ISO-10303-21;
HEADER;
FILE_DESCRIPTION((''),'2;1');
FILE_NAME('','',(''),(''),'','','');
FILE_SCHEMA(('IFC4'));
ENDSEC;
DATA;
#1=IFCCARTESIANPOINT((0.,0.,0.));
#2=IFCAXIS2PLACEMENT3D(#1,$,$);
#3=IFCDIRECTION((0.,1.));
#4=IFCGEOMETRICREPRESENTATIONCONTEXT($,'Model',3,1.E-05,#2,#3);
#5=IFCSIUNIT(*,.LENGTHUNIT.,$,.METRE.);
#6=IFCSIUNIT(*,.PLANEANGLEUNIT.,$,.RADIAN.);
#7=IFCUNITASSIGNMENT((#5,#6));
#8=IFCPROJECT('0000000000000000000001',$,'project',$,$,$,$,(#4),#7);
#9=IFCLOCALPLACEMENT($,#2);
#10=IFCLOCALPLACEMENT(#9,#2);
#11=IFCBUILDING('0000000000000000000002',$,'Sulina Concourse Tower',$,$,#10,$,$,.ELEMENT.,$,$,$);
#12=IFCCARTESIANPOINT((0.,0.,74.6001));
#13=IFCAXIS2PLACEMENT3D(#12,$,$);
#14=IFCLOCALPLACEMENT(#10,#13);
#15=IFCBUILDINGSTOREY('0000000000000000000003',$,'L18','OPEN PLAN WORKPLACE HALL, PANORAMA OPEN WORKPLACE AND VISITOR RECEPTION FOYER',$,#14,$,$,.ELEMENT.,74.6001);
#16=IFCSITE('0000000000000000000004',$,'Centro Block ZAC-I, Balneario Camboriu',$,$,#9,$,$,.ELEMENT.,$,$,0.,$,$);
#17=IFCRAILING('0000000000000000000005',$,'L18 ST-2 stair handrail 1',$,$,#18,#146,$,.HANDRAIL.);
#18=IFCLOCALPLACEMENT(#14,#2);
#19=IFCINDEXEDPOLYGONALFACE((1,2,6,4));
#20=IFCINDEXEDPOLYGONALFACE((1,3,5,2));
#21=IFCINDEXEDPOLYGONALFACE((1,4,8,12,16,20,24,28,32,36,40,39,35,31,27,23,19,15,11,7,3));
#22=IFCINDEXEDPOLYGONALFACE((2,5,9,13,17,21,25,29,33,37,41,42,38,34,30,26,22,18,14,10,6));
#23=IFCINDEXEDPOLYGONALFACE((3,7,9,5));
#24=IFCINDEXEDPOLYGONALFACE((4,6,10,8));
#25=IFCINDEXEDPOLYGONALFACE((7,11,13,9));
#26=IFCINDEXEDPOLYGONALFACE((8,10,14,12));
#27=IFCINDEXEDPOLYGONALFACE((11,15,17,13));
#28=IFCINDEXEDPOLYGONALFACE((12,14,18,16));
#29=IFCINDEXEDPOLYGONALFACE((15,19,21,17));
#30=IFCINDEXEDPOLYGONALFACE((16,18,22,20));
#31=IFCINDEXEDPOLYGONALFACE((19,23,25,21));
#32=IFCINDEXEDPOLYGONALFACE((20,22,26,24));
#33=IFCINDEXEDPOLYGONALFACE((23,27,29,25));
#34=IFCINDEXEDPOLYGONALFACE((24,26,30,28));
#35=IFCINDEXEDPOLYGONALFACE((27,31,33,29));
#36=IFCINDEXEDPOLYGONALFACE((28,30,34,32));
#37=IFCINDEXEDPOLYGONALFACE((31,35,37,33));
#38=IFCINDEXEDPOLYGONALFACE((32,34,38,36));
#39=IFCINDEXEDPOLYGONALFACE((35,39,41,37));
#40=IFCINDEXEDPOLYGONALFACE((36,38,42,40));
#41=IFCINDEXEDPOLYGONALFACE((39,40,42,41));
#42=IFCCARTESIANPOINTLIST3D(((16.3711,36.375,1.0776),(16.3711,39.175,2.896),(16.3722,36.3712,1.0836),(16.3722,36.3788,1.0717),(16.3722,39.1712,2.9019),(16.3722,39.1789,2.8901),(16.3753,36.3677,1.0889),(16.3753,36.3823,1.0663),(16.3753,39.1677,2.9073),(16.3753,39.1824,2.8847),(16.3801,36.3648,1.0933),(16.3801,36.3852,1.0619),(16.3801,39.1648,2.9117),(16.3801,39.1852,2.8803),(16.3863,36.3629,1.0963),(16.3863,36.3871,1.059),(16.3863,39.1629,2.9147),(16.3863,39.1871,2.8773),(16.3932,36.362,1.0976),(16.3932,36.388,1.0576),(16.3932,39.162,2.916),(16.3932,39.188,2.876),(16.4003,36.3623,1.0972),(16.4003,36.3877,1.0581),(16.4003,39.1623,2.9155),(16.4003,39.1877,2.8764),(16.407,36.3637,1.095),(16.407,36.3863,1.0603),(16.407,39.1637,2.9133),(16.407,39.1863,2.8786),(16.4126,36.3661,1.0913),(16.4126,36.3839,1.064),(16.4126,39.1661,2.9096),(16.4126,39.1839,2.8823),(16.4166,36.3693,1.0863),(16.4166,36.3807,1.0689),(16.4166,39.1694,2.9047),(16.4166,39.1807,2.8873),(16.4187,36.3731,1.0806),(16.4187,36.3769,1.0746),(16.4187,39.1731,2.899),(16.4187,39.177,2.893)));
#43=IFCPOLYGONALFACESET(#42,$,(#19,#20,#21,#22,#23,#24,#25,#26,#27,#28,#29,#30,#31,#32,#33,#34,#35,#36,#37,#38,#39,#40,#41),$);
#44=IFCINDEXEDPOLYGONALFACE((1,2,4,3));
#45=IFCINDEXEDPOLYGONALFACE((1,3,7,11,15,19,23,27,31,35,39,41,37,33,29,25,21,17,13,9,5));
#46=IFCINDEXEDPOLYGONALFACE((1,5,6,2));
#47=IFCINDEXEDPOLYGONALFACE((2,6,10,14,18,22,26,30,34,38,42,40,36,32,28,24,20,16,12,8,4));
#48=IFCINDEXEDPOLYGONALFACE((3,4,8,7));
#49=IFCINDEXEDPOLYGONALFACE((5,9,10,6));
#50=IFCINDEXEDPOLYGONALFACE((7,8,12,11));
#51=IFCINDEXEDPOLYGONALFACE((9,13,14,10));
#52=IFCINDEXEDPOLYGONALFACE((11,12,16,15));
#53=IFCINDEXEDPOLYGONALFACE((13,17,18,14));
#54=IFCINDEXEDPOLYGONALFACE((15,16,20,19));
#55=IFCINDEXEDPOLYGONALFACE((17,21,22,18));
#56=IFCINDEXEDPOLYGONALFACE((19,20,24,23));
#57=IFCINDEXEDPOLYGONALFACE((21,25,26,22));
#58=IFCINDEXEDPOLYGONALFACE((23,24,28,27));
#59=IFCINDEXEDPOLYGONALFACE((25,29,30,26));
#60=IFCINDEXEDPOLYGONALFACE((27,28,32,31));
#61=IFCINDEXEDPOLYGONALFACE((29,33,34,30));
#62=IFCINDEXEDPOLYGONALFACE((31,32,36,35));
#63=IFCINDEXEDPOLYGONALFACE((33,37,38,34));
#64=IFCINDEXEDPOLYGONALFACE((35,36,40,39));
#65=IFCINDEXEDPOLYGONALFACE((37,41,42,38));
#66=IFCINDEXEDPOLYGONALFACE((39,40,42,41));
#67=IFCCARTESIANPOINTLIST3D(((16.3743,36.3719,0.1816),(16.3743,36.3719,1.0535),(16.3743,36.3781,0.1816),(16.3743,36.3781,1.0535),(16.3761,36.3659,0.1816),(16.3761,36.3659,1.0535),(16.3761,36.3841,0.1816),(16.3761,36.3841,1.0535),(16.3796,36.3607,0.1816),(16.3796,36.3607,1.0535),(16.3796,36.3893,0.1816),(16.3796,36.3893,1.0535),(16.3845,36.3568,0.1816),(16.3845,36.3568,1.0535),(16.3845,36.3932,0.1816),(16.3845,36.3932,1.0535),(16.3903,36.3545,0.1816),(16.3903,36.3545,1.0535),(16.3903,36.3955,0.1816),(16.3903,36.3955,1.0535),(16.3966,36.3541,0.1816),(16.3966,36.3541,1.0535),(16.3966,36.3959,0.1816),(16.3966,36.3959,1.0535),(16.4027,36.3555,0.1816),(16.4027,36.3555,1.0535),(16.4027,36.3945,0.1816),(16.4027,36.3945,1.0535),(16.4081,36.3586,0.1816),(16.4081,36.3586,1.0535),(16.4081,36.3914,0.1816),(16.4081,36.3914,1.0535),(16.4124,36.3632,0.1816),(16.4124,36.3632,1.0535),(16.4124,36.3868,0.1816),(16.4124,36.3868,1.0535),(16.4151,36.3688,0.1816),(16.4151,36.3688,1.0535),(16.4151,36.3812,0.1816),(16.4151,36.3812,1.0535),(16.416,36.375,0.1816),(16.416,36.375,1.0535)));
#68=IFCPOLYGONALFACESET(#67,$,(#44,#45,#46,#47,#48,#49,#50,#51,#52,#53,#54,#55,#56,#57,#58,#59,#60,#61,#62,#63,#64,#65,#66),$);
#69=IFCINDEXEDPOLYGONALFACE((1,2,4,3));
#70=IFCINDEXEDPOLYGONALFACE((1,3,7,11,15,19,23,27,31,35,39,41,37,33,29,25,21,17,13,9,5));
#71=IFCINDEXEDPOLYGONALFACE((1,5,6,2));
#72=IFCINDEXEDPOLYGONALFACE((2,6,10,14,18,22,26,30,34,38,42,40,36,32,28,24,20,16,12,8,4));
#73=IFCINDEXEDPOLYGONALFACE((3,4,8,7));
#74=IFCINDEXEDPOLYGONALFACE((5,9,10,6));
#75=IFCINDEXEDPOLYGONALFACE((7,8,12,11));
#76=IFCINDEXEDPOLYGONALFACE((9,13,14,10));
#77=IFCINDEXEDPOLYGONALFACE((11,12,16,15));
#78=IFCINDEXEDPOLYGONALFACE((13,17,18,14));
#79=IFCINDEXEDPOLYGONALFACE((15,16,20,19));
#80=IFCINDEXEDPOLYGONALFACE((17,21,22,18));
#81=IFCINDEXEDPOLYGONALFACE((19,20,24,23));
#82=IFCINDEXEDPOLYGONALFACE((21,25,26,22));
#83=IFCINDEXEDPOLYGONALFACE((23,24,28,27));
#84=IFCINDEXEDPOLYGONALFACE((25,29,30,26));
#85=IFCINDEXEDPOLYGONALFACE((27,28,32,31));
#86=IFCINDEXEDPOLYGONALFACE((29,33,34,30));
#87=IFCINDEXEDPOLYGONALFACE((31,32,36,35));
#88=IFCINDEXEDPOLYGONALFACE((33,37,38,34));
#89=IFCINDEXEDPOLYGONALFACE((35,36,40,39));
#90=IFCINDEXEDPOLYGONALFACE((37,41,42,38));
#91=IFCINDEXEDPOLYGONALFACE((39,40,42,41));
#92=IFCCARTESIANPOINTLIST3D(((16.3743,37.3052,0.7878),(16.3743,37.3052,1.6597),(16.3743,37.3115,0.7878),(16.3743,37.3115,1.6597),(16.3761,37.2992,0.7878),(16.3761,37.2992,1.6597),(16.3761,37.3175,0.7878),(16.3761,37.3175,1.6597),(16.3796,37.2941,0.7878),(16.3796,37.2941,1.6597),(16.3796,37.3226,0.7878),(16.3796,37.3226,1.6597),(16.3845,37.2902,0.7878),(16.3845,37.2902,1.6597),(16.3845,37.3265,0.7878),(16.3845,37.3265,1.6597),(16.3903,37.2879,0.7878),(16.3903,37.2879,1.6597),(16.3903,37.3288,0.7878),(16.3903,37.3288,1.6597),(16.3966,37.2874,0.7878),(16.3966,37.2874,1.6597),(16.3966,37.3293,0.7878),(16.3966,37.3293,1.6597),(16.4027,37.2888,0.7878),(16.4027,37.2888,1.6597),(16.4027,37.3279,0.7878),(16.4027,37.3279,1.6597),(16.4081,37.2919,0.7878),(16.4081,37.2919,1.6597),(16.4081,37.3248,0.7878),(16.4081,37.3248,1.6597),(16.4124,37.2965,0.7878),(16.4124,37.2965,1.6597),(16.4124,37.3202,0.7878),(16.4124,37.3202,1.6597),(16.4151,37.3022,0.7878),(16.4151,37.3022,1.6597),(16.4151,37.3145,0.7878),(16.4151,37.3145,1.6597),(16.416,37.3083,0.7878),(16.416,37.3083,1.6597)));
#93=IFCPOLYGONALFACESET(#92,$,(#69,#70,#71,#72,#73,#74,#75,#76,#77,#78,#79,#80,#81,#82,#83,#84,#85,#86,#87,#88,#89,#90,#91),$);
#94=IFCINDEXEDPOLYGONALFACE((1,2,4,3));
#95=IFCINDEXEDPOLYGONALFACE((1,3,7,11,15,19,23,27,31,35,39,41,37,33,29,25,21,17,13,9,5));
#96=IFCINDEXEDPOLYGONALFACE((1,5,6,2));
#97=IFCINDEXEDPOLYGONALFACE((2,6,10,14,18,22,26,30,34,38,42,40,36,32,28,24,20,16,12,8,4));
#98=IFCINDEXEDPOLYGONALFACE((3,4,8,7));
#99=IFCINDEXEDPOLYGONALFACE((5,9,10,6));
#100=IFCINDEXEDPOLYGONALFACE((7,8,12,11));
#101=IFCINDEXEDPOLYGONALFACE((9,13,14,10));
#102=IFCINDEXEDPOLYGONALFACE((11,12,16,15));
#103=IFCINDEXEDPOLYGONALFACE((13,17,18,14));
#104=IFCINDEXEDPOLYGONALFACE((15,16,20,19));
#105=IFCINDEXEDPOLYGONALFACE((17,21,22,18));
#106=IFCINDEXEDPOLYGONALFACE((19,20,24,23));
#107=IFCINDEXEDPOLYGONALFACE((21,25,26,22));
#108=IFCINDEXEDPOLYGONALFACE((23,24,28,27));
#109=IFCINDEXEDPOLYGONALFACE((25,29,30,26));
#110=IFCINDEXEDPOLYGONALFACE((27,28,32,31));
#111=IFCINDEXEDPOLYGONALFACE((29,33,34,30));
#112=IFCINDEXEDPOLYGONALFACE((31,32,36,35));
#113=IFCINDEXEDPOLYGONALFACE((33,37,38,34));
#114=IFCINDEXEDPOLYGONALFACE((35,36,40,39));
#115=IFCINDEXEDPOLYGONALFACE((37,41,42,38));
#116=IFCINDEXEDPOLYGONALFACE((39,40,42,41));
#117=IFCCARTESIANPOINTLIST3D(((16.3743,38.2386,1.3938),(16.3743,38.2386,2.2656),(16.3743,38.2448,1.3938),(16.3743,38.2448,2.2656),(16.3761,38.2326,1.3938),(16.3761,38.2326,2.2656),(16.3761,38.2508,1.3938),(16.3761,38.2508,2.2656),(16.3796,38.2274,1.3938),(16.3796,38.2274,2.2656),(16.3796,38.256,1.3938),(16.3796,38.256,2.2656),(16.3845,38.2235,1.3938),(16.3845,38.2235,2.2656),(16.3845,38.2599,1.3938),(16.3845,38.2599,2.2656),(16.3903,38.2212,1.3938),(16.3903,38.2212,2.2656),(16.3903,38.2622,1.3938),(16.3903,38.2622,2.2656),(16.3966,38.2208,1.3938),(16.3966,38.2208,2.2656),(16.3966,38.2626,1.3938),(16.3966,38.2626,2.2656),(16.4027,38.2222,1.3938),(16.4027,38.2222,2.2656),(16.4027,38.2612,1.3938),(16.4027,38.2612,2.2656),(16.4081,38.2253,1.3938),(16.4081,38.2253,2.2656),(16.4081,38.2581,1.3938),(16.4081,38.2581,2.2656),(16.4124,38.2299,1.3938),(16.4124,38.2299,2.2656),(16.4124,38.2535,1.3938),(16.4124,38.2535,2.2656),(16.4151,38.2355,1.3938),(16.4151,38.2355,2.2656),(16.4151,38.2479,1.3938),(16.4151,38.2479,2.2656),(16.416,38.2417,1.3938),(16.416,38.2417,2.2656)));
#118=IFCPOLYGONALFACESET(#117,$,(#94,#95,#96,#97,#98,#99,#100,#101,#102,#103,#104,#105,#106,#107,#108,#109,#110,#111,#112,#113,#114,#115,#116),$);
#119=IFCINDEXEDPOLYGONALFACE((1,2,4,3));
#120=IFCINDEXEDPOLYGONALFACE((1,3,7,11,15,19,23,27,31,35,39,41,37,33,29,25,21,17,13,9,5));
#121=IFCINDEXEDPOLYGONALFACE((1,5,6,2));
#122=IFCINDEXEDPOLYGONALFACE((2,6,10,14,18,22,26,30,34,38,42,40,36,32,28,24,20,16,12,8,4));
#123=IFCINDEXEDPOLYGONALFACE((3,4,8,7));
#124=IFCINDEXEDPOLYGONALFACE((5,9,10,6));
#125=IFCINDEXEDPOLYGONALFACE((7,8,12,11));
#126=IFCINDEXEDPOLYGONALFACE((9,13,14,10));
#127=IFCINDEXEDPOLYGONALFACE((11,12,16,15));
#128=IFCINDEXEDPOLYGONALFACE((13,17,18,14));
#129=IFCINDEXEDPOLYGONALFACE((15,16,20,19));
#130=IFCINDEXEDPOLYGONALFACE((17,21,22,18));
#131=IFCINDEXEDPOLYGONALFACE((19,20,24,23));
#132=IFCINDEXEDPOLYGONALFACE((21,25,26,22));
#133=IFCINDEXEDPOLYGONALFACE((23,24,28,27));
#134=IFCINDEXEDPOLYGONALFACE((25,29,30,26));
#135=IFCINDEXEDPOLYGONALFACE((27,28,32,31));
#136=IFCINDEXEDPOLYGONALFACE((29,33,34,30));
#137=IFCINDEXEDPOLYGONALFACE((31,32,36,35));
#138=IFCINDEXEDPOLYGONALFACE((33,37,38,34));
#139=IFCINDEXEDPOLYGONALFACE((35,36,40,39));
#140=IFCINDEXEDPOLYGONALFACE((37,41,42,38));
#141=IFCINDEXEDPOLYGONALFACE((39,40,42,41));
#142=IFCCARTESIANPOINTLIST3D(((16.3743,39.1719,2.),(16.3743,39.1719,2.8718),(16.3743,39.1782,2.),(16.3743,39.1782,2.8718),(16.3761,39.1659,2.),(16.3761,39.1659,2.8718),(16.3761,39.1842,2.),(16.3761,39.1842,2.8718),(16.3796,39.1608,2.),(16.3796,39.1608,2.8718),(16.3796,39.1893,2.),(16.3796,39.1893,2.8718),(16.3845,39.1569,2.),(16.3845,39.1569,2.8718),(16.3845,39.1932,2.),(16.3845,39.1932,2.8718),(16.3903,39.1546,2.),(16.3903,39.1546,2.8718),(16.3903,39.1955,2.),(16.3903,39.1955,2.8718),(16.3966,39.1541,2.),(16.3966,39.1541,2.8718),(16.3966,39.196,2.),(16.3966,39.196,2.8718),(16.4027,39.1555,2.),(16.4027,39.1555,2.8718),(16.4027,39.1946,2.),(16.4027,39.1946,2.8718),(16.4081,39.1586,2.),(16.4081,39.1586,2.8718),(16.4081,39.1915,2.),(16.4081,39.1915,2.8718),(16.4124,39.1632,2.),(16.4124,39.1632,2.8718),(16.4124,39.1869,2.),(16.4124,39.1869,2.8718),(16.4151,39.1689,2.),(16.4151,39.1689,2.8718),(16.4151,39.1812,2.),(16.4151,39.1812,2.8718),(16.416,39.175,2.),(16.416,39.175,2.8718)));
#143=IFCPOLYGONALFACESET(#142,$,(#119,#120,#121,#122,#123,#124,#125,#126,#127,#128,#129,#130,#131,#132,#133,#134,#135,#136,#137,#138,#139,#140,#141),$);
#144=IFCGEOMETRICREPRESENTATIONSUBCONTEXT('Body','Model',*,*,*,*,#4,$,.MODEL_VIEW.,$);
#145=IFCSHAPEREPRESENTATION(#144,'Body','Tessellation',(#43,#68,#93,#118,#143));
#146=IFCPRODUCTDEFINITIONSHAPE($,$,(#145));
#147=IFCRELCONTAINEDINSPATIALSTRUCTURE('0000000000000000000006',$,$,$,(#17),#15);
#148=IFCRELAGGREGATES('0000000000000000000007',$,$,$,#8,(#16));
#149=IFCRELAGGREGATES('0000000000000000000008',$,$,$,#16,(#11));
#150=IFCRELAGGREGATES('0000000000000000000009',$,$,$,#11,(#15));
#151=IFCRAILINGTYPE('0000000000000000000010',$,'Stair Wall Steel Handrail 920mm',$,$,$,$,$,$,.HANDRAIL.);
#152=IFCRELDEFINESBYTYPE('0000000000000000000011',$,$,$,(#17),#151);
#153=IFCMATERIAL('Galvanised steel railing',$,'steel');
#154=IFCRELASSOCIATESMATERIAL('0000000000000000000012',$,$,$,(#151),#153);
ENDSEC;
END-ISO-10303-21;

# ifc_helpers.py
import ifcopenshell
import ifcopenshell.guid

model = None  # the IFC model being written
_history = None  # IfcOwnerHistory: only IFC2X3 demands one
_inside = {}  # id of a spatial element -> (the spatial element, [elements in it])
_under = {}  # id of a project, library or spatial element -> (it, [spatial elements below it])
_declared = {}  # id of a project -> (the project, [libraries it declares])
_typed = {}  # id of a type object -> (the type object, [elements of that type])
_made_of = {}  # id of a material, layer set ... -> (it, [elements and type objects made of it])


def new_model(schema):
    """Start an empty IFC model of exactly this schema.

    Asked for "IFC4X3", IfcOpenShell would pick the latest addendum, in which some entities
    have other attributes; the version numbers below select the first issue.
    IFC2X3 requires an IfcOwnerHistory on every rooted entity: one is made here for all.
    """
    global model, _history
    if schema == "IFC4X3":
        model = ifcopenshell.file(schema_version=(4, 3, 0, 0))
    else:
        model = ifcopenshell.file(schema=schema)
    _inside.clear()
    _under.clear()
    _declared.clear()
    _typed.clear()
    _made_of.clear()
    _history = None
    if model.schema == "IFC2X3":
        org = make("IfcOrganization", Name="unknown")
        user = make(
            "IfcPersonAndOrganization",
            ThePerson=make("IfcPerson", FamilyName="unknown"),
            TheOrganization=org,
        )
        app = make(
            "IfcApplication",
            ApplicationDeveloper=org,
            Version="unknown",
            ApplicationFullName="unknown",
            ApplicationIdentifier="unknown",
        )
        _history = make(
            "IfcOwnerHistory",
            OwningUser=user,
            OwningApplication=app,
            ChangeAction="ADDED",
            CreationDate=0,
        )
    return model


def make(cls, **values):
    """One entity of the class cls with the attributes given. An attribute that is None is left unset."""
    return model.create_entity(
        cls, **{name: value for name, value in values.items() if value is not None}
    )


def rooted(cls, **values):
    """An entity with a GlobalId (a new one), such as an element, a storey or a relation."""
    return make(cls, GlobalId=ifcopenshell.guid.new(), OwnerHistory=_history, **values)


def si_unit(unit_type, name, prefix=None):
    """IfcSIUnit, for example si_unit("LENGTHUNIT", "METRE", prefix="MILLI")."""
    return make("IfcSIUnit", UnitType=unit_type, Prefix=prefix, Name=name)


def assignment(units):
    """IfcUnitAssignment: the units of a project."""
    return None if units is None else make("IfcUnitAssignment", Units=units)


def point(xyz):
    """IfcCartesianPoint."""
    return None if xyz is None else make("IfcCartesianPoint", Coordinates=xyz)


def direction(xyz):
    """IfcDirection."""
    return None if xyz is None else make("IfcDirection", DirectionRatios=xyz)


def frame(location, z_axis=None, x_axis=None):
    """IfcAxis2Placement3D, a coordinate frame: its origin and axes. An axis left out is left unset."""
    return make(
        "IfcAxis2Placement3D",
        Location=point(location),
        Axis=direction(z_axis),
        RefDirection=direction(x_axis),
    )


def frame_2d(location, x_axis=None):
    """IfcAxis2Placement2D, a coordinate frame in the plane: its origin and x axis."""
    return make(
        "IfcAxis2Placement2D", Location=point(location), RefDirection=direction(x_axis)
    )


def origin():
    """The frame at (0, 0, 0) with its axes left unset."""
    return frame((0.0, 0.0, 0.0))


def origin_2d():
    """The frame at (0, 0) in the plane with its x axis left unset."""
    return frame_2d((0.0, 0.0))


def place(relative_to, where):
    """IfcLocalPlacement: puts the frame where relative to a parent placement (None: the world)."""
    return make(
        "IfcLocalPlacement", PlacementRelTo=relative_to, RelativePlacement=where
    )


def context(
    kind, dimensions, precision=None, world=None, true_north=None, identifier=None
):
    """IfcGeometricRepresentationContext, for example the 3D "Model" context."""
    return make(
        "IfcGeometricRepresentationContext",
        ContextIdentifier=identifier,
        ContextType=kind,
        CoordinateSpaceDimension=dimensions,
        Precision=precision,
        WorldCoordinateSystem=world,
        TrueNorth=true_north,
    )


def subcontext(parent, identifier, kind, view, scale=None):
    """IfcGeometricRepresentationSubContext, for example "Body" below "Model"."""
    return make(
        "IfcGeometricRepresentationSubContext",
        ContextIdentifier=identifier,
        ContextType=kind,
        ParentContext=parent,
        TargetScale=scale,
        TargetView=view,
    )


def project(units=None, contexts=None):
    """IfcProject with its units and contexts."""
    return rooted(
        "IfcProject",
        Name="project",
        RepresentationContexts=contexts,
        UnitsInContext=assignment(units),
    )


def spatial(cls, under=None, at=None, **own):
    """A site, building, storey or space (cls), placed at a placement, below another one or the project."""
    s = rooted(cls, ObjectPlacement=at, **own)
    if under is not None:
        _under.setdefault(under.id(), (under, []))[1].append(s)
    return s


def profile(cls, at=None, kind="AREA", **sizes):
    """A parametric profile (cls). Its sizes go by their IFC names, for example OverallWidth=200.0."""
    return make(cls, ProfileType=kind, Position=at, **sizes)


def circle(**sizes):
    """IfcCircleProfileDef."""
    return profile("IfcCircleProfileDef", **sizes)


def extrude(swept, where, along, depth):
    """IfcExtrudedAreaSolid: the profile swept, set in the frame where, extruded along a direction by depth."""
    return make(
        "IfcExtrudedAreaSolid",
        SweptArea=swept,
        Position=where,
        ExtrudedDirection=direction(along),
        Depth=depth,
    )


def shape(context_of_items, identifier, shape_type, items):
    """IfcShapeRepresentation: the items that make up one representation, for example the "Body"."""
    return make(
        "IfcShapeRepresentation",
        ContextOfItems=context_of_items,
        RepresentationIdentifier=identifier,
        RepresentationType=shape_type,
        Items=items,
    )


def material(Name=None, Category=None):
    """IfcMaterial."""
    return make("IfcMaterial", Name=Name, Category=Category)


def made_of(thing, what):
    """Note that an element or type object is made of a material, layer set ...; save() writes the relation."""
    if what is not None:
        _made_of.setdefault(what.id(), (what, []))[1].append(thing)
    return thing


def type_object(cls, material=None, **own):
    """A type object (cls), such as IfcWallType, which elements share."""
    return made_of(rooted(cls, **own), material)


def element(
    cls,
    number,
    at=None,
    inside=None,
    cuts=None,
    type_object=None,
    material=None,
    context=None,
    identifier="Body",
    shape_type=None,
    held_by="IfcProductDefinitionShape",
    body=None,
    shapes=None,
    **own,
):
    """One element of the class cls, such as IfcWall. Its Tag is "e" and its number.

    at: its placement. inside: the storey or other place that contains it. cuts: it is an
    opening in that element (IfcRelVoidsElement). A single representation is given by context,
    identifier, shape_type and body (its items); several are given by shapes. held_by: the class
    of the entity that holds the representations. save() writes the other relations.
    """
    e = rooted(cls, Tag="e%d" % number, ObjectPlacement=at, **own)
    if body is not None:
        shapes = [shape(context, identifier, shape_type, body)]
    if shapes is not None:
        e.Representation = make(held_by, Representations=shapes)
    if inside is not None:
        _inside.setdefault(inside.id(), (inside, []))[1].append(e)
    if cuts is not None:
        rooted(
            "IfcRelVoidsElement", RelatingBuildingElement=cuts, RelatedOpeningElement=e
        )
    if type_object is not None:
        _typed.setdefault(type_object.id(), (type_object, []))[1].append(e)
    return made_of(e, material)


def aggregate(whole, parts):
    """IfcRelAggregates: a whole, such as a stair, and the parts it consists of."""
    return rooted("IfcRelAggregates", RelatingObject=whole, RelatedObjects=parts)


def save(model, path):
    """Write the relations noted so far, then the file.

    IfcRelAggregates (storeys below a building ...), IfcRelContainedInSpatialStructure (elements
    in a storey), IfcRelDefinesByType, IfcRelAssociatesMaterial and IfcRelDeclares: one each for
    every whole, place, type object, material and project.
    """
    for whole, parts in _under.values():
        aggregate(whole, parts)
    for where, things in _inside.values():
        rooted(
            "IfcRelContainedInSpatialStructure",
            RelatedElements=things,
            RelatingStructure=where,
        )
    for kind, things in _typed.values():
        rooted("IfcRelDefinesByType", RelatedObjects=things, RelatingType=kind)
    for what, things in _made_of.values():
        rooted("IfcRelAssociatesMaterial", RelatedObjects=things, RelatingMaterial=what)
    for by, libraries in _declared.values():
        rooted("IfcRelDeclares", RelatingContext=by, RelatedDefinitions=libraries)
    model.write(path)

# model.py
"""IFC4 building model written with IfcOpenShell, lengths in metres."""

from ifc_helpers import new_model, si_unit, direction, frame, origin, origin_2d, place, context, subcontext, project, spatial, circle, extrude, material, type_object, element, save


model = new_model("IFC4")

# Units and contexts
model_context = context("Model", 3, precision=1e-05, world=origin(), true_north=direction((0.0, 1.0)))
body_context = subcontext(model_context, "Body", "Model", "MODEL_VIEW")
ifc_project = project(units=[si_unit("LENGTHUNIT", "METRE"), si_unit("PLANEANGLEUNIT", "RADIAN")], contexts=[model_context])

# Site, building, storey
site_placement = place(None, origin())
site = spatial("IfcSite", under=ifc_project, at=site_placement, Name="Centro Block ZAC-I, Balneario Camboriu", CompositionType="ELEMENT", RefElevation=0.0)
building_placement = place(site_placement, origin())
building = spatial("IfcBuilding", under=site, at=building_placement, Name="Sulina Concourse Tower", CompositionType="ELEMENT")
storey_placement = place(building_placement, frame((0.0, 0.0, 74.6001)))
storey = spatial("IfcBuildingStorey", under=building, at=storey_placement, Name="L18", Description="OPEN PLAN WORKPLACE HALL, PANORAMA OPEN WORKPLACE AND VISITOR RECEPTION FOYER", CompositionType="ELEMENT", Elevation=74.6001)

# Railing
ifc_material_1 = material(Name="Galvanised steel railing", Category="steel")
railing_type_1 = type_object("IfcRailingType", Name="Stair Wall Steel Handrail 920mm", PredefinedType="HANDRAIL", material=ifc_material_1)
railing_1_placement = place(storey_placement, frame((16.395, 36.375, 0.1816)))
element("IfcRailing", 1, at=railing_1_placement, inside=storey, type_object=railing_type_1, Name="L18 ST-2 stair handrail 1", PredefinedType="HANDRAIL", context=body_context, shape_type="SweptSolid", body=[
    extrude(circle(Radius=0.0239, at=origin_2d()), frame((0.0, 0.0, 0.896), z_axis=(0.0, 0.838672, 0.544636), x_axis=(-1.0, 0.0, 0.0)), (0.0, 0.0, 1.0), 3.3386),
    extrude(circle(Radius=0.021, at=origin_2d()), origin(), (0.0, 0.0, 1.0), 0.8718),
    extrude(circle(Radius=0.021, at=origin_2d()), frame((0.0, 0.9333, 0.6062)), (0.0, 0.0, 1.0), 0.8718),
    extrude(circle(Radius=0.021, at=origin_2d()), frame((0.0, 1.8667, 1.2122)), (0.0, 0.0, 1.0), 0.8718),
    extrude(circle(Radius=0.021, at=origin_2d()), frame((0.0, 2.8, 1.8184)), (0.0, 0.0, 1.0), 0.8718),
])

save(model, "model.ifc")
